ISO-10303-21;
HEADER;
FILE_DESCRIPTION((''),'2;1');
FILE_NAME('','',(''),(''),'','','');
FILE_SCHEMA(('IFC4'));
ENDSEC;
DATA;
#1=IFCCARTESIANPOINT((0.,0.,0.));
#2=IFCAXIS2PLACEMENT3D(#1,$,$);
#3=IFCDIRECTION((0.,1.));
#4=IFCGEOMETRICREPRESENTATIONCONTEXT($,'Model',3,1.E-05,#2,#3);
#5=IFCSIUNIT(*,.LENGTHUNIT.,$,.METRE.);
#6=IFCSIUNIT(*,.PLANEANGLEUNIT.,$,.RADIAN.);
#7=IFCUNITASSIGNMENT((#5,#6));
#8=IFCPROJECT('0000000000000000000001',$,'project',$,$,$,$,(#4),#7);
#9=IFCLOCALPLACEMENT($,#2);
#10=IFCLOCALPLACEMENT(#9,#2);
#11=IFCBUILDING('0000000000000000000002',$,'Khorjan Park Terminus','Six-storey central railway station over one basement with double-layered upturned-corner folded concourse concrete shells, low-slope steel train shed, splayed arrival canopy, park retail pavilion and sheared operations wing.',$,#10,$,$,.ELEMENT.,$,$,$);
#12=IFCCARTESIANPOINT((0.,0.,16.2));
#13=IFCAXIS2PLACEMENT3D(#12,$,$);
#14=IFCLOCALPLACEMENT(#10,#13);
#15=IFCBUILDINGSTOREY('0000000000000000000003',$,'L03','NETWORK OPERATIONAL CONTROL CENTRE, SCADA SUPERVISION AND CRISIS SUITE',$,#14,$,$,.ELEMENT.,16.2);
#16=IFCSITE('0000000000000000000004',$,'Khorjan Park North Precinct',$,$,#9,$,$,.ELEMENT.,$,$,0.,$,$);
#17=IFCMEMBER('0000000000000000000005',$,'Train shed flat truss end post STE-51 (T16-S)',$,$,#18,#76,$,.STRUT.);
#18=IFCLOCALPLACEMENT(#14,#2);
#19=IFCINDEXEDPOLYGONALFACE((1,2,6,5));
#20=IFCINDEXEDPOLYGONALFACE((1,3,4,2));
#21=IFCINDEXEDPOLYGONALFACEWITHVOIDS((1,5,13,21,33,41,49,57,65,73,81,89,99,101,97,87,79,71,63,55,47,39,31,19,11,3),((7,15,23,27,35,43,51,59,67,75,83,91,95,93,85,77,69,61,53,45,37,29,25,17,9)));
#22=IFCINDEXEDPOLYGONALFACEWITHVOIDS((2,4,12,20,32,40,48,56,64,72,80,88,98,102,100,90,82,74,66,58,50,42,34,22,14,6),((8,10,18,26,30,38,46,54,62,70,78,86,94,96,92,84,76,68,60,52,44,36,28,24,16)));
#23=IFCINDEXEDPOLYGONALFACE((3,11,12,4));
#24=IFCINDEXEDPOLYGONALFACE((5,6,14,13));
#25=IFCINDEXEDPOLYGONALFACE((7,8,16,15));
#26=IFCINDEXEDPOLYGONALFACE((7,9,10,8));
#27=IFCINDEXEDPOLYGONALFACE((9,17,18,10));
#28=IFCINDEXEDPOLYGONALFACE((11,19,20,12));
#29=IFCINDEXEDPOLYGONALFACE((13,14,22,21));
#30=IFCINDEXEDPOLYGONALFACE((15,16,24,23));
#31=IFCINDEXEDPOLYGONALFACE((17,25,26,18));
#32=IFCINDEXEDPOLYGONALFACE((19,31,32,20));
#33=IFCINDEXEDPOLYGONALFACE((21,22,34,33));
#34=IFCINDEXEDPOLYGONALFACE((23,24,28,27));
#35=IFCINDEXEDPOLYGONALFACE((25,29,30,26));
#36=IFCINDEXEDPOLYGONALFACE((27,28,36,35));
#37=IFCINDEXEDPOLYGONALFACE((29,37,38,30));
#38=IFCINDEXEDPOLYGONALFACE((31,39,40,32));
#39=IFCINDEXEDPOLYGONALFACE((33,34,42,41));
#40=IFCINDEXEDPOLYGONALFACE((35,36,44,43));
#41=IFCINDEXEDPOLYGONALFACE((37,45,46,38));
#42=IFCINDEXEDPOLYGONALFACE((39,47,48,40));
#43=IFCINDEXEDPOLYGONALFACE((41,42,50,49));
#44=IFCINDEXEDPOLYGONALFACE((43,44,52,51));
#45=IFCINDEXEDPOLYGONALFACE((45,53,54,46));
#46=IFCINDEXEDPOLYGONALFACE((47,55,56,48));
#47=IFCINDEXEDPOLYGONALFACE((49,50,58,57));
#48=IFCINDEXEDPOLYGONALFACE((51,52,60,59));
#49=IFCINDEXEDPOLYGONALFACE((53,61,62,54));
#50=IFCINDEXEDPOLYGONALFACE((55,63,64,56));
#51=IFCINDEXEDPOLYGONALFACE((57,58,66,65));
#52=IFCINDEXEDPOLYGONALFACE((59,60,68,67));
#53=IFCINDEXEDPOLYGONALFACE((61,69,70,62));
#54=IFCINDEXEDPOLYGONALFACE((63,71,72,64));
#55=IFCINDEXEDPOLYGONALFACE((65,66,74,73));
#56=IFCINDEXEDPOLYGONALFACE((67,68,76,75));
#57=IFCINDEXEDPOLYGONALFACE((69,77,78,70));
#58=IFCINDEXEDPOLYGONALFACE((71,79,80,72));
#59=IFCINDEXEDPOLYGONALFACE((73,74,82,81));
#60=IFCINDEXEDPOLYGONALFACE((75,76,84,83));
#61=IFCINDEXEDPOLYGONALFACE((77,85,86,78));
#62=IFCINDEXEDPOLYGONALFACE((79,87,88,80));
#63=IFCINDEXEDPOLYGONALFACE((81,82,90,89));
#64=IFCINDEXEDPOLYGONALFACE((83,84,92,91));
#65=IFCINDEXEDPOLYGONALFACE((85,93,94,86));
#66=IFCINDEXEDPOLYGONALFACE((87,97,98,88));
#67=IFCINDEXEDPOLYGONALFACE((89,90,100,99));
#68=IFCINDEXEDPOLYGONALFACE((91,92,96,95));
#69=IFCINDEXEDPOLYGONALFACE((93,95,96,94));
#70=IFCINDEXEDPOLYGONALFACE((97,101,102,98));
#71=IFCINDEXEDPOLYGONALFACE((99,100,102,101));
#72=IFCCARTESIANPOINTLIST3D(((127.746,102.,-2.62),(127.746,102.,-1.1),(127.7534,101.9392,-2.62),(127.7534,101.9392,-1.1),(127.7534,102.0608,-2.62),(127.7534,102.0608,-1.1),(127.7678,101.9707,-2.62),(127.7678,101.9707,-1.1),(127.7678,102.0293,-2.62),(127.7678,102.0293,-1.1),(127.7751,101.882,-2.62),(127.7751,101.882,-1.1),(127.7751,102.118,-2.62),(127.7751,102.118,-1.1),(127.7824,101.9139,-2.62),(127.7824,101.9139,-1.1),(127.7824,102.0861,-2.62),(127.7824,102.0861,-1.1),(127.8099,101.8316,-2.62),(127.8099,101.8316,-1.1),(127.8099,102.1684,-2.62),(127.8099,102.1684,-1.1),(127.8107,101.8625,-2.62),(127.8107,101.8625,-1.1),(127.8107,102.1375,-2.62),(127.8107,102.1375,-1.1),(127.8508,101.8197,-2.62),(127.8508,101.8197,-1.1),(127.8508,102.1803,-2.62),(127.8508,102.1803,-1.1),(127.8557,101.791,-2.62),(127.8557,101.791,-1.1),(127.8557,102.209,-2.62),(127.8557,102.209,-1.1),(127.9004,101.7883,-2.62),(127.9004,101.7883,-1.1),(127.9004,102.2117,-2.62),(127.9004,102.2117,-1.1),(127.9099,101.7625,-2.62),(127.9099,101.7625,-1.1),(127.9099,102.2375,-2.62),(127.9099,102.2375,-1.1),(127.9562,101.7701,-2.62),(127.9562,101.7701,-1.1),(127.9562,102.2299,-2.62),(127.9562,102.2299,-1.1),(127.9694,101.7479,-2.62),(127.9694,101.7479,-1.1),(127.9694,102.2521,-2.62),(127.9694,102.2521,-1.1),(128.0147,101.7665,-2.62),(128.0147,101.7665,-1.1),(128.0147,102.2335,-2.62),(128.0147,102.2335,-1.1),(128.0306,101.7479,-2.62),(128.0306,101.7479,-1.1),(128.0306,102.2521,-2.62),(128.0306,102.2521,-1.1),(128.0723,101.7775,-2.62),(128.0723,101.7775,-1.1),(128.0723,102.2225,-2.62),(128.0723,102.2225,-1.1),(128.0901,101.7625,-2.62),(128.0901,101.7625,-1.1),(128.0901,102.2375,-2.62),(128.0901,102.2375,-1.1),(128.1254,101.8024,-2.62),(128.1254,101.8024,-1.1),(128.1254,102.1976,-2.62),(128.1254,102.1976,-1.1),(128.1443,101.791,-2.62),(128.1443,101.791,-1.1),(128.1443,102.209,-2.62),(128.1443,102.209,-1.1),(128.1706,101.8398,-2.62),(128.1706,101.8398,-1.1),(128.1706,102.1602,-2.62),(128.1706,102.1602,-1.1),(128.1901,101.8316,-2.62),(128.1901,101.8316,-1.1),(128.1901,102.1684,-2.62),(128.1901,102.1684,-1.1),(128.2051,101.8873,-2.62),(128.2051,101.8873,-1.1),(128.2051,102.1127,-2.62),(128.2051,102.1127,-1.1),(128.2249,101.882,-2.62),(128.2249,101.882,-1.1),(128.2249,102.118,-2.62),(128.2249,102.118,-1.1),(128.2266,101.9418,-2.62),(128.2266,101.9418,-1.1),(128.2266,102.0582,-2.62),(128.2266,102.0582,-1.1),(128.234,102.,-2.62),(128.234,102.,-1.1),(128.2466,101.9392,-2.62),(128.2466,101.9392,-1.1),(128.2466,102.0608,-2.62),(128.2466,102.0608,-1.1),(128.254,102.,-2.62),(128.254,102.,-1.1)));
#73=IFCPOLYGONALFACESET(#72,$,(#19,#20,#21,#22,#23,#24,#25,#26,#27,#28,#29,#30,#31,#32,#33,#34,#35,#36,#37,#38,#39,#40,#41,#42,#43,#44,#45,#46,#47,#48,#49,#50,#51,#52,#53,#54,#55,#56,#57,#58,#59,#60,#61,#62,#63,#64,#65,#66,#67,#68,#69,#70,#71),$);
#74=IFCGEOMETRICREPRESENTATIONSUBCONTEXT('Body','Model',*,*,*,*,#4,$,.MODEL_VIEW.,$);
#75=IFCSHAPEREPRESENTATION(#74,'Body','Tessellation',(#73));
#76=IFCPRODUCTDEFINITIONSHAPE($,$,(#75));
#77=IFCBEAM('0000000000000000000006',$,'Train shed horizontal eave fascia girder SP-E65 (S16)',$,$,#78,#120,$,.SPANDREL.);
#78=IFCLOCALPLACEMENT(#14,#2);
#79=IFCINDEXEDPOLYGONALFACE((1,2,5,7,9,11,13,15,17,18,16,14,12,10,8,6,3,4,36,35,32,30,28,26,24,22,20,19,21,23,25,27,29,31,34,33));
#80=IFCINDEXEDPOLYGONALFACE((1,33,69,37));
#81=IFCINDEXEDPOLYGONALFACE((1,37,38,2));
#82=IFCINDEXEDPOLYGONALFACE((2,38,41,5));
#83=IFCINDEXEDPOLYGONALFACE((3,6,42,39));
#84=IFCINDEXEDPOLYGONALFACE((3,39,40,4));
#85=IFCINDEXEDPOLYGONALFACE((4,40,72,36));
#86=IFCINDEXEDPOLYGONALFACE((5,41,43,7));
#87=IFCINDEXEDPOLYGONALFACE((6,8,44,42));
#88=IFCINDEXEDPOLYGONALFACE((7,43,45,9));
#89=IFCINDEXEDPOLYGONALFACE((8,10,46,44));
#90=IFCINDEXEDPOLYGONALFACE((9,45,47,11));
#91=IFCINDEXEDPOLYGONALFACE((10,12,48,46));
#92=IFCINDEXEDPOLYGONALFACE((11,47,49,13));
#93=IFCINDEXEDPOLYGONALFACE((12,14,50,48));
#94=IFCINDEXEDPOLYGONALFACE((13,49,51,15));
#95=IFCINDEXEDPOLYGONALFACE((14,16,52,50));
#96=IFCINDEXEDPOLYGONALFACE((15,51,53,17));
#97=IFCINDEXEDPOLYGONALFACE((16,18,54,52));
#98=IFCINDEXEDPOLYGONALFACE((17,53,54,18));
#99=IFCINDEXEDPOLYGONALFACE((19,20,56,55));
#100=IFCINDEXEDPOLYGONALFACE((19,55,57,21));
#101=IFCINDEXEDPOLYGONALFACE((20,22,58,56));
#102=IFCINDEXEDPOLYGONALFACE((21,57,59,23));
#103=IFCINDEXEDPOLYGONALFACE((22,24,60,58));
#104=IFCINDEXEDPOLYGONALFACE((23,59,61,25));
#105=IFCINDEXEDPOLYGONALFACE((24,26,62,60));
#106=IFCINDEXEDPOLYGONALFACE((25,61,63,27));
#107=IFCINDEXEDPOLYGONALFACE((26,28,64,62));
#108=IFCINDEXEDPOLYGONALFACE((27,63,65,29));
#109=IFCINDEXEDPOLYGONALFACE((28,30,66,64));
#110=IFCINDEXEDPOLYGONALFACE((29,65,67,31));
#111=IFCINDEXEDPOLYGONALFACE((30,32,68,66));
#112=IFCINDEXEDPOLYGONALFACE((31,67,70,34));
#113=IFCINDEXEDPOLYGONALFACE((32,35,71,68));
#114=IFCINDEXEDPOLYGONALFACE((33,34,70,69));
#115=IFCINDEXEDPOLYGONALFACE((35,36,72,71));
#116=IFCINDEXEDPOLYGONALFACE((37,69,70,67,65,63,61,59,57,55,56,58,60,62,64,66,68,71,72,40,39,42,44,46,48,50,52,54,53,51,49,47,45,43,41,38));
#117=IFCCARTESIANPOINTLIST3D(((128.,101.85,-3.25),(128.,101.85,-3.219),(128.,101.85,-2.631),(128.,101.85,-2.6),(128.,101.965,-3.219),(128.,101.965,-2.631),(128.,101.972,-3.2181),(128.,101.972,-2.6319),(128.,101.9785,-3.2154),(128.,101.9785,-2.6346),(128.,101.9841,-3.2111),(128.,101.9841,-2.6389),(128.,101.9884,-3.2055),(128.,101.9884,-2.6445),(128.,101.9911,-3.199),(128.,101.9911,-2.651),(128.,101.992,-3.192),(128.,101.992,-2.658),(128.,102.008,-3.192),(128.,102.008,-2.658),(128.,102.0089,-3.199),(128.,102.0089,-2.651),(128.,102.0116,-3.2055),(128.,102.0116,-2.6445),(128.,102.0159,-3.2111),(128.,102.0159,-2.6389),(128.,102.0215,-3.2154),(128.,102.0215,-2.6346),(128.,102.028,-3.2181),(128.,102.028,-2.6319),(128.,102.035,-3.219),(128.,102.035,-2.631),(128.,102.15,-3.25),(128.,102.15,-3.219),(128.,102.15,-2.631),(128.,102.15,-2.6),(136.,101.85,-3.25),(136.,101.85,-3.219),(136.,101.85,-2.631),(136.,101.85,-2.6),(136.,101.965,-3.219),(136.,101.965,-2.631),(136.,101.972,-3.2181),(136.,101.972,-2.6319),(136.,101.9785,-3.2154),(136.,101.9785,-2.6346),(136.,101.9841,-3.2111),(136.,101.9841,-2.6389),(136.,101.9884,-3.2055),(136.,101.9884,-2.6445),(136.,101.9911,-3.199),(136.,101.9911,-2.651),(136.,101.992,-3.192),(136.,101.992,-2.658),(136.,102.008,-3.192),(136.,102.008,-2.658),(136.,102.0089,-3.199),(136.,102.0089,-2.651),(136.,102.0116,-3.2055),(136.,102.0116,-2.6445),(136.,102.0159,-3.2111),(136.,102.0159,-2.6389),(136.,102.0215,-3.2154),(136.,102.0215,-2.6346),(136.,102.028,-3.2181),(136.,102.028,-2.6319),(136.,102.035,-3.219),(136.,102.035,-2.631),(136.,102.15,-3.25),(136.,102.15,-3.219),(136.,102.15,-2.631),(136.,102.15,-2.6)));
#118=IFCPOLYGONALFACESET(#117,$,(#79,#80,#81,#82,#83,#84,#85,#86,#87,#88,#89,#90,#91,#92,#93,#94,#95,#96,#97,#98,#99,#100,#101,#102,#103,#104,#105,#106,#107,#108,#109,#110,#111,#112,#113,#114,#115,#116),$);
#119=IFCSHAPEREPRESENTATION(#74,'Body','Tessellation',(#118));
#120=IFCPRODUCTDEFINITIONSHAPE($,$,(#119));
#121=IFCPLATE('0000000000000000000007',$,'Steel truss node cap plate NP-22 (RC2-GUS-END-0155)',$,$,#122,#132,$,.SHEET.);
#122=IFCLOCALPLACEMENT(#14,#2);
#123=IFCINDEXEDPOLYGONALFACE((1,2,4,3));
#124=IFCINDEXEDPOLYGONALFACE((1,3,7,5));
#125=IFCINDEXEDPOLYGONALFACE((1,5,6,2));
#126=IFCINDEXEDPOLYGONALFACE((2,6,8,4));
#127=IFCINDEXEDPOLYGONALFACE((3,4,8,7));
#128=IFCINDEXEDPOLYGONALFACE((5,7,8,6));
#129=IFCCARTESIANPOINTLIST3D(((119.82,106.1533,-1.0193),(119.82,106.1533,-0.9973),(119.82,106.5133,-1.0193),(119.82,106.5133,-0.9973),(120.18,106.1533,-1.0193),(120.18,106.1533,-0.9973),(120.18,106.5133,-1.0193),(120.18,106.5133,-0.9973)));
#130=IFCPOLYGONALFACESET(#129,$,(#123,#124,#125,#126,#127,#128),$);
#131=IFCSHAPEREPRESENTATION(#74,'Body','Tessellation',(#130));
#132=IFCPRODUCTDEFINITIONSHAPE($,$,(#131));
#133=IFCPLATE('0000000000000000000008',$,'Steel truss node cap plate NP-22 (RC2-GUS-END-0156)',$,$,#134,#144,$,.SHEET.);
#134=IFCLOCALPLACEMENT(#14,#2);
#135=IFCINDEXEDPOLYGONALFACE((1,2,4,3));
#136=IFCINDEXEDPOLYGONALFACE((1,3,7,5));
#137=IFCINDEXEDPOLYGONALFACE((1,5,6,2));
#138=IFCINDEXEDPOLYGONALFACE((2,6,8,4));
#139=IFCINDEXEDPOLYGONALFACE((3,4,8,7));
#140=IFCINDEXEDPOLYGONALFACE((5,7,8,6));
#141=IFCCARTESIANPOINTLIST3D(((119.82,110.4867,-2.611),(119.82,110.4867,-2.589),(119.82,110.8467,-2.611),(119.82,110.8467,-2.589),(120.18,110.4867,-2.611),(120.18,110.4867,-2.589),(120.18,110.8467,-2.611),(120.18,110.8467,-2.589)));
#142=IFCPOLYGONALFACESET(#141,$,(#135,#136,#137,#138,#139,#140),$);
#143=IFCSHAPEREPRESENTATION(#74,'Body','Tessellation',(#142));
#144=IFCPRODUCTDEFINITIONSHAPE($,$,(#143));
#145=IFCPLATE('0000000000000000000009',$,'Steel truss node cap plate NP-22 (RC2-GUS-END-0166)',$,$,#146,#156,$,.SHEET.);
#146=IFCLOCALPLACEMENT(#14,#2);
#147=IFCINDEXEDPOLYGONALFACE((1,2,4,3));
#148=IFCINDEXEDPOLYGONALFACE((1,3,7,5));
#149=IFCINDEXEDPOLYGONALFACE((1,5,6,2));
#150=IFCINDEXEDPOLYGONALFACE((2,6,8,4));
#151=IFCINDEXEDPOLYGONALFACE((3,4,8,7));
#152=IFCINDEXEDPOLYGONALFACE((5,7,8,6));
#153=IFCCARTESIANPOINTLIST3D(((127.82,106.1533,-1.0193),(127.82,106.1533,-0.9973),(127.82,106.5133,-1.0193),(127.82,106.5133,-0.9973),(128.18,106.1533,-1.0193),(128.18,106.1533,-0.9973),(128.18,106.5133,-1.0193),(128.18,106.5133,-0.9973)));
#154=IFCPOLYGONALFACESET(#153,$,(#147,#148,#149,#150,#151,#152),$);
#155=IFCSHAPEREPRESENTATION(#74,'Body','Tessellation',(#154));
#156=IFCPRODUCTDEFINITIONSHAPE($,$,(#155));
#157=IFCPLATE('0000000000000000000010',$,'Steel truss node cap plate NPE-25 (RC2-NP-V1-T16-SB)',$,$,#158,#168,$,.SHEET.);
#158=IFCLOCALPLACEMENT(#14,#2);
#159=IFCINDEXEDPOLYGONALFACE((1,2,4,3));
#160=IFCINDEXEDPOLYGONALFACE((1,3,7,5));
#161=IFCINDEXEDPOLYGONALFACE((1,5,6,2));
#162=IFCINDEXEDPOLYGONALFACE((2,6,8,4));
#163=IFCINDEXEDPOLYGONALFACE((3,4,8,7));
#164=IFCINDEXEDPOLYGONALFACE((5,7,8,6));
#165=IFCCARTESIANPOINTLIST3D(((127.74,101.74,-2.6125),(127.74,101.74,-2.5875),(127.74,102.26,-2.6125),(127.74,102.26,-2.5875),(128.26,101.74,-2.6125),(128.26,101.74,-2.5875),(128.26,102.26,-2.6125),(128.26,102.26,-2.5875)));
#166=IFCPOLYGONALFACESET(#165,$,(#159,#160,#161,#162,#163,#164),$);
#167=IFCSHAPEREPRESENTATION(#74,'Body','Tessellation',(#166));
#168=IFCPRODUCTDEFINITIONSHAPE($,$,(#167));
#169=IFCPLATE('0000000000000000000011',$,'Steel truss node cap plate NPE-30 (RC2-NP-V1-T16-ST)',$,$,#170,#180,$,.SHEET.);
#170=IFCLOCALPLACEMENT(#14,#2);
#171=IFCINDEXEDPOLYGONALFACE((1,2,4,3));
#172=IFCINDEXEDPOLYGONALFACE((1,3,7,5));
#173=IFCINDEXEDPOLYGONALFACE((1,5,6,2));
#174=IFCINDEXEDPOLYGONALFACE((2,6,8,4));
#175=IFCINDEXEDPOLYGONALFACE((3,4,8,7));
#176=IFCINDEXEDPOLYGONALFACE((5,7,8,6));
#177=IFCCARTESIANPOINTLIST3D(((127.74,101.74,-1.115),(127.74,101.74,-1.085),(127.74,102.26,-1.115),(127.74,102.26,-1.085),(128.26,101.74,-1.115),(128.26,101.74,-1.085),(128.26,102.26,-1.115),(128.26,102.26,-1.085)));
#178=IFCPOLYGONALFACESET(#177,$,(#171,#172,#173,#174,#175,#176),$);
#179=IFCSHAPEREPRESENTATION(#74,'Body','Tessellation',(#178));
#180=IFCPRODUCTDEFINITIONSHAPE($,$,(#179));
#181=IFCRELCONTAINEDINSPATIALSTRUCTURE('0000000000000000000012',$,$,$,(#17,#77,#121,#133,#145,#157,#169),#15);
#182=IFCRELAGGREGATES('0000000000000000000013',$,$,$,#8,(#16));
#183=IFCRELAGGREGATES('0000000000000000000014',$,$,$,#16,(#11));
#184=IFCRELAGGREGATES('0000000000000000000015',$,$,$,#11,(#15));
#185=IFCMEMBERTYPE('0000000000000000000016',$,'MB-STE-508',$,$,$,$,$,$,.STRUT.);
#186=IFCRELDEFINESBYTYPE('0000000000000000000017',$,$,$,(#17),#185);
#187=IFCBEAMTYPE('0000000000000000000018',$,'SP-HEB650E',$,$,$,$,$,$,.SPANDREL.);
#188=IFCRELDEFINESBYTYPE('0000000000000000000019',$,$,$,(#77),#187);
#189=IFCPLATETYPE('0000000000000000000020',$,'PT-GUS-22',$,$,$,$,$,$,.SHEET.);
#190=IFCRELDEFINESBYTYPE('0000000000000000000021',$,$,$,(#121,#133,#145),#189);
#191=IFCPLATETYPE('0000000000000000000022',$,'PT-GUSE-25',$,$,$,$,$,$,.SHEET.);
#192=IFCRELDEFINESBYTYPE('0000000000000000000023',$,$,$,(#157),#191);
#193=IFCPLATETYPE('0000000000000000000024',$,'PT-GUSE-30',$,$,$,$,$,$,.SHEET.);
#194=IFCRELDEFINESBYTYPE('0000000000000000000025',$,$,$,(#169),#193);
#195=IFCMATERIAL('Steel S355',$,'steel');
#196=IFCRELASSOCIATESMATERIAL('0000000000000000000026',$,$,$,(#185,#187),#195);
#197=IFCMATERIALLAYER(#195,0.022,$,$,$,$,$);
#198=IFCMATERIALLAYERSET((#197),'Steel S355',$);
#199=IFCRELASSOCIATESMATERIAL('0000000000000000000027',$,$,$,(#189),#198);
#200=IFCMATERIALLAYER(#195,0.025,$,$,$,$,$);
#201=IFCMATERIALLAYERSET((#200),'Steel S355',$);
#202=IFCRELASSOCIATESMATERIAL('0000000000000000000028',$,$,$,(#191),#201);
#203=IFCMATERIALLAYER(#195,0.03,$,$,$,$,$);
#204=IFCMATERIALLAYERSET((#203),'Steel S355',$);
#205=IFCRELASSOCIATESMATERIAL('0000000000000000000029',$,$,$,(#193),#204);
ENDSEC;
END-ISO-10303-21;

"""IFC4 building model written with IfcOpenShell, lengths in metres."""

from ifc_helpers import new_model, si_unit, direction, frame, origin, origin_2d, place, context, subcontext, project, spatial, rectangle, hollow_circle, i_section, extrude, material, layer, layer_set, material_profile, profile_set, type_object, element, save


model = new_model("IFC4")

# Units and contexts
model_context = context("Model", 3, precision=1e-05, world=origin(), true_north=direction((0.0, 1.0)))
body_context = subcontext(model_context, "Body", "Model", "MODEL_VIEW")
ifc_project = project(units=[si_unit("LENGTHUNIT", "METRE"), si_unit("PLANEANGLEUNIT", "RADIAN")], contexts=[model_context])

# Site, building, storey
site_placement = place(None, origin())
site = spatial("IfcSite", under=ifc_project, at=site_placement, Name="Khorjan Park North Precinct", CompositionType="ELEMENT", RefElevation=0.0)
building_placement = place(site_placement, origin())
building = spatial("IfcBuilding", under=site, at=building_placement, Name="Khorjan Park Terminus", Description="Six-storey central railway station over one basement with double-layered upturned-corner folded concourse concrete shells, low-slope steel train shed, splayed arrival canopy, park retail pavilion and sheared operations wing.", CompositionType="ELEMENT")
storey_placement = place(building_placement, frame((0.0, 0.0, 16.2)))
storey = spatial("IfcBuildingStorey", under=building, at=storey_placement, Name="L03", Description="NETWORK OPERATIONAL CONTROL CENTRE, SCADA SUPERVISION AND CRISIS SUITE", CompositionType="ELEMENT", Elevation=16.2)

# Member
ifc_material_1 = material(Name="Steel S355", Category="steel")
ifc_material_profile_1 = material_profile(ifc_material_1, hollow_circle(Radius=0.254, WallThickness=0.02, at=origin_2d()), Name="CHS 508x20")
ifc_profile_set_1 = profile_set([ifc_material_profile_1], Name="Steel S355")
member_type_1 = type_object("IfcMemberType", Name="MB-STE-508", PredefinedType="STRUT", material=ifc_profile_set_1)
member_1_placement = place(storey_placement, frame((128.0, 102.0, -2.62), z_axis=(0.0, 0.0, 1.0), x_axis=(1.0, 0.0, 0.0)))
element("IfcMember", 1, at=member_1_placement, inside=storey, type_object=member_type_1, Name="Train shed flat truss end post STE-51 (T16-S)", PredefinedType="STRUT", context=body_context, shape_type="SweptSolid", body=[
    extrude(hollow_circle(Radius=0.254, WallThickness=0.02, at=origin_2d()), origin(), (0.0, 0.0, 1.0), 1.52),
])

# Beam
ifc_material_profile_2 = material_profile(ifc_material_1, i_section(OverallWidth=0.3, OverallDepth=0.65, WebThickness=0.016, FlangeThickness=0.031, FilletRadius=0.027, at=origin_2d()), Name="HEB 650")
ifc_profile_set_2 = profile_set([ifc_material_profile_2], Name="Steel S355")
beam_type = type_object("IfcBeamType", Name="SP-HEB650E", PredefinedType="SPANDREL", material=ifc_profile_set_2)
beam_placement = place(storey_placement, frame((128.0, 102.0, -2.925), z_axis=(1.0, 0.0, 0.0), x_axis=(0.0, 1.0, 0.0)))
element("IfcBeam", 2, at=beam_placement, inside=storey, type_object=beam_type, Name="Train shed horizontal eave fascia girder SP-E65 (S16)", PredefinedType="SPANDREL", context=body_context, shape_type="SweptSolid", body=[
    extrude(i_section(OverallWidth=0.3, OverallDepth=0.65, WebThickness=0.016, FlangeThickness=0.031, FilletRadius=0.027, at=origin_2d()), origin(), (0.0, 0.0, 1.0), 8.0),
])

# Plates
ifc_layer_1 = layer(ifc_material_1, 0.022)
ifc_layer_set_1 = layer_set([ifc_layer_1], Name="Steel S355")
plate_type_1 = type_object("IfcPlateType", Name="PT-GUS-22", PredefinedType="SHEET", material=ifc_layer_set_1)
for number, where, z_axis, x_axis, name in (
    (3, (120.0, 106.3333, -1.0193), (0.0, 0.0, 1.0), (1.0, 0.0, 0.0), "Steel truss node cap plate NP-22 (RC2-GUS-END-0155)"),
    (4, (120.0, 110.6667, -2.611), (0.0, 0.0, 1.0), (1.0, 0.0, 0.0), "Steel truss node cap plate NP-22 (RC2-GUS-END-0156)"),
    (5, (128.0, 106.3333, -1.0193), (0.0, 0.0, 1.0), (1.0, 0.0, 0.0), "Steel truss node cap plate NP-22 (RC2-GUS-END-0166)"),
):
    element("IfcPlate", number, at=place(storey_placement, frame(where, z_axis=z_axis, x_axis=x_axis)), inside=storey, type_object=plate_type_1, Name=name, PredefinedType="SHEET", context=body_context, shape_type="SweptSolid", body=[
        extrude(rectangle(XDim=0.36, YDim=0.36, at=origin_2d()), origin(), (0.0, 0.0, 1.0), 0.022),
    ])
ifc_layer_2 = layer(ifc_material_1, 0.025)
ifc_layer_set_2 = layer_set([ifc_layer_2], Name="Steel S355")
plate_type_2 = type_object("IfcPlateType", Name="PT-GUSE-25", PredefinedType="SHEET", material=ifc_layer_set_2)
plate_1_placement = place(storey_placement, frame((128.0, 102.0, -2.6125), z_axis=(0.0, 0.0, 1.0), x_axis=(1.0, 0.0, 0.0)))
element("IfcPlate", 6, at=plate_1_placement, inside=storey, type_object=plate_type_2, Name="Steel truss node cap plate NPE-25 (RC2-NP-V1-T16-SB)", PredefinedType="SHEET", context=body_context, shape_type="SweptSolid", body=[
    extrude(rectangle(XDim=0.52, YDim=0.52, at=origin_2d()), origin(), (0.0, 0.0, 1.0), 0.025),
])
ifc_layer_3 = layer(ifc_material_1, 0.03)
ifc_layer_set_3 = layer_set([ifc_layer_3], Name="Steel S355")
plate_type_3 = type_object("IfcPlateType", Name="PT-GUSE-30", PredefinedType="SHEET", material=ifc_layer_set_3)
plate_2_placement = place(storey_placement, frame((128.0, 102.0, -1.115), z_axis=(0.0, 0.0, 1.0), x_axis=(1.0, 0.0, 0.0)))
element("IfcPlate", 7, at=plate_2_placement, inside=storey, type_object=plate_type_3, Name="Steel truss node cap plate NPE-30 (RC2-NP-V1-T16-ST)", PredefinedType="SHEET", context=body_context, shape_type="SweptSolid", body=[
    extrude(rectangle(XDim=0.52, YDim=0.52, at=origin_2d()), origin(), (0.0, 0.0, 1.0), 0.03),
])

save(model, "model.ifc")
